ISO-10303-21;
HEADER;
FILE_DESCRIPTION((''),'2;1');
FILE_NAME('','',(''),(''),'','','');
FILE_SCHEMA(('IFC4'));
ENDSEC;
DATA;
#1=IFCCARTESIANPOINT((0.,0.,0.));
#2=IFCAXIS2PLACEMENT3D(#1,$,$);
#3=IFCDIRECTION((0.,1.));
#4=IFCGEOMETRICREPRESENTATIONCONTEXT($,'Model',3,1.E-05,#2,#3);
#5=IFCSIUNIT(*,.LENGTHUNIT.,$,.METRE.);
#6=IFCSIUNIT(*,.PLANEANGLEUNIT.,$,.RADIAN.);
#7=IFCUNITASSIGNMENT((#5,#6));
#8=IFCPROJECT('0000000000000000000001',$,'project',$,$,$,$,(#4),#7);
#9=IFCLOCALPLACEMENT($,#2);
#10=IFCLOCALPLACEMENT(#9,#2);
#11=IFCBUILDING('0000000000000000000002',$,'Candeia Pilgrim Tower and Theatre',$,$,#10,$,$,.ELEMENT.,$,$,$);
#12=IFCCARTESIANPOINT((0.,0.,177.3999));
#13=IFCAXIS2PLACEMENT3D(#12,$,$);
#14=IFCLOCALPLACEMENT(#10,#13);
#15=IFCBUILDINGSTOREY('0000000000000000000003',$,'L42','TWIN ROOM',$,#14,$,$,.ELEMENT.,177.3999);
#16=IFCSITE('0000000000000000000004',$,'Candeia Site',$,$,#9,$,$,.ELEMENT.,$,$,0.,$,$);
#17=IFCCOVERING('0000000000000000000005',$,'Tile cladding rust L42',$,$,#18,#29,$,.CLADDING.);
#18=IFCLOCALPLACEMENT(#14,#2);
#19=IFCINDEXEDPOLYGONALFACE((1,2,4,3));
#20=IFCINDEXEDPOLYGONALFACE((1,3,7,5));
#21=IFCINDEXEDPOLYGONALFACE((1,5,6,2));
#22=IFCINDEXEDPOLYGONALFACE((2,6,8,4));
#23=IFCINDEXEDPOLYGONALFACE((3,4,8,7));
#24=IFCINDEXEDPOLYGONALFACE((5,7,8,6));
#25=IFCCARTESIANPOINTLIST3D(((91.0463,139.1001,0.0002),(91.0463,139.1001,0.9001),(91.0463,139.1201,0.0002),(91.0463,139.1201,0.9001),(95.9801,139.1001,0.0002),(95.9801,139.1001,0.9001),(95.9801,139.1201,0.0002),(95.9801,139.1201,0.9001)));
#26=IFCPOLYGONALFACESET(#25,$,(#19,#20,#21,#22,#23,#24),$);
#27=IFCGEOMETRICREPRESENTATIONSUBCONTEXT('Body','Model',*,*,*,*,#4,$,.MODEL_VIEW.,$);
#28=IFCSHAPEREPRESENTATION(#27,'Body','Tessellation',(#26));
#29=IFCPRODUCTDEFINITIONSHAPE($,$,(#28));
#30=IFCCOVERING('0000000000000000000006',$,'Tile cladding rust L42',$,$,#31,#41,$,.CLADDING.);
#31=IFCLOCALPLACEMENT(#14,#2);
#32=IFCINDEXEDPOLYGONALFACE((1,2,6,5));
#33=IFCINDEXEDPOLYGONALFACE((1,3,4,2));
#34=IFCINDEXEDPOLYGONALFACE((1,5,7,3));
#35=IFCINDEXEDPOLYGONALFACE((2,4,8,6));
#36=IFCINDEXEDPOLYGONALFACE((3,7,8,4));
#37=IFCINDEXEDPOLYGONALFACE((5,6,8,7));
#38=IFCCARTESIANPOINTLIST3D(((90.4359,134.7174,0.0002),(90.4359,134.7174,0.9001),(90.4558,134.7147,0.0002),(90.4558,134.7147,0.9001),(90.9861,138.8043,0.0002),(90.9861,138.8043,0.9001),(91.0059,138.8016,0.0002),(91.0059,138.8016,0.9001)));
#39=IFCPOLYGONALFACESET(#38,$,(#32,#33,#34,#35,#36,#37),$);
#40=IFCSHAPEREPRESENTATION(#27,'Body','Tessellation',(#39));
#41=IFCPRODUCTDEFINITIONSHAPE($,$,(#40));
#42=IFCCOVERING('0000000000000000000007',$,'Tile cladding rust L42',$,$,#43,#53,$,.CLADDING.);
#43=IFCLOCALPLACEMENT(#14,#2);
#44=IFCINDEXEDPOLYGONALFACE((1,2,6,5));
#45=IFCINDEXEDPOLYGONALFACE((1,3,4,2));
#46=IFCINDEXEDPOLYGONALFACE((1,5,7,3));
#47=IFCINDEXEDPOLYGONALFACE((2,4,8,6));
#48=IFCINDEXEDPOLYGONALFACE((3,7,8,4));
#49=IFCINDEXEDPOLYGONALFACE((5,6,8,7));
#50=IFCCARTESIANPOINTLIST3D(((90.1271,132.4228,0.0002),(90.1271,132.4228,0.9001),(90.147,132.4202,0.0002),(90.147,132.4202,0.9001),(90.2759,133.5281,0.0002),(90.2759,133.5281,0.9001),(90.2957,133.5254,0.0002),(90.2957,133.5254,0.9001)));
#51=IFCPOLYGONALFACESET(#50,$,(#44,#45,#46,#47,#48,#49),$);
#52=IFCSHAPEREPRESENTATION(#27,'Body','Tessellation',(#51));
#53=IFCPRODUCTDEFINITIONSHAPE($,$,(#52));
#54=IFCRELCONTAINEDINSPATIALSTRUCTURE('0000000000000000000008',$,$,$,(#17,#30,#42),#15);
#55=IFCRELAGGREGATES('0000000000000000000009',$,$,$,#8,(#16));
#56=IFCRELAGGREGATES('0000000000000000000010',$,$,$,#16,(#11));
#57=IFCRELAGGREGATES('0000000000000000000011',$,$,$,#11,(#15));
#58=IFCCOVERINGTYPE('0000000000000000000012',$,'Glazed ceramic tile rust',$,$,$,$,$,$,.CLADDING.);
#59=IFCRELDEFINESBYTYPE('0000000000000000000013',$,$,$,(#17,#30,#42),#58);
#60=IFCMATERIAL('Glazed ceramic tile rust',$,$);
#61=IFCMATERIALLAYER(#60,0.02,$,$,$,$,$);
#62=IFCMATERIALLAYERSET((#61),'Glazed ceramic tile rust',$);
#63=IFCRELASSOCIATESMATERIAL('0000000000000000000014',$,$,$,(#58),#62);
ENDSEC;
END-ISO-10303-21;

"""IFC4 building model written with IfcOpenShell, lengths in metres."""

from ifc_helpers import new_model, si_unit, direction, frame, origin, origin_2d, place, context, subcontext, project, spatial, rectangle, extrude, material, layer, layer_set, type_object, element, save


model = new_model("IFC4")

# Units and contexts
model_context = context("Model", 3, precision=1e-05, world=origin(), true_north=direction((0.0, 1.0)))
body_context = subcontext(model_context, "Body", "Model", "MODEL_VIEW")
ifc_project = project(units=[si_unit("LENGTHUNIT", "METRE"), si_unit("PLANEANGLEUNIT", "RADIAN")], contexts=[model_context])

# Site, building, storey
site_placement = place(None, origin())
site = spatial("IfcSite", under=ifc_project, at=site_placement, Name="Candeia Site", CompositionType="ELEMENT", RefElevation=0.0)
building_placement = place(site_placement, origin())
building = spatial("IfcBuilding", under=site, at=building_placement, Name="Candeia Pilgrim Tower and Theatre", CompositionType="ELEMENT")
storey_placement = place(building_placement, frame((0.0, 0.0, 177.3999)))
storey = spatial("IfcBuildingStorey", under=building, at=storey_placement, Name="L42", Description="TWIN ROOM", CompositionType="ELEMENT", Elevation=177.3999)

# Coverings
ifc_material_1 = material(Name="Glazed ceramic tile rust")
ifc_layer_1 = layer(ifc_material_1, 0.02)
ifc_layer_set_1 = layer_set([ifc_layer_1], Name="Glazed ceramic tile rust")
covering_type = type_object("IfcCoveringType", Name="Glazed ceramic tile rust", PredefinedType="CLADDING", material=ifc_layer_set_1)
covering_1_placement = place(storey_placement, frame((93.5132, 139.1101, 0.0002), z_axis=(0.0, 0.0, 1.0), x_axis=(-1.0, 0.0, 0.0)))
element("IfcCovering", 1, at=covering_1_placement, inside=storey, type_object=covering_type, Name="Tile cladding rust L42", PredefinedType="CLADDING", context=body_context, shape_type="SweptSolid", body=[
    extrude(rectangle(XDim=4.9338, YDim=0.02, at=origin_2d()), origin(), (0.0, 0.0, 1.0), 0.8999),
])
covering_2_placement = place(storey_placement, frame((90.7209, 136.7595, 0.0002), z_axis=(0.0, 0.0, 1.0), x_axis=(-0.133412, -0.991061, 0.0)))
element("IfcCovering", 2, at=covering_2_placement, inside=storey, type_object=covering_type, Name="Tile cladding rust L42", PredefinedType="CLADDING", context=body_context, shape_type="SweptSolid", body=[
    extrude(rectangle(XDim=4.1238, YDim=0.02, at=origin_2d()), origin(), (0.0, 0.0, 1.0), 0.8999),
])
covering_3_placement = place(storey_placement, frame((90.2114, 132.9741, 0.0002), z_axis=(0.0, 0.0, 1.0), x_axis=(-0.133412, -0.991061, 0.0)))
element("IfcCovering", 3, at=covering_3_placement, inside=storey, type_object=covering_type, Name="Tile cladding rust L42", PredefinedType="CLADDING", context=body_context, shape_type="SweptSolid", body=[
    extrude(rectangle(XDim=1.1152, YDim=0.02, at=origin_2d()), origin(), (0.0, 0.0, 1.0), 0.8999),
])

save(model, "model.ifc")
